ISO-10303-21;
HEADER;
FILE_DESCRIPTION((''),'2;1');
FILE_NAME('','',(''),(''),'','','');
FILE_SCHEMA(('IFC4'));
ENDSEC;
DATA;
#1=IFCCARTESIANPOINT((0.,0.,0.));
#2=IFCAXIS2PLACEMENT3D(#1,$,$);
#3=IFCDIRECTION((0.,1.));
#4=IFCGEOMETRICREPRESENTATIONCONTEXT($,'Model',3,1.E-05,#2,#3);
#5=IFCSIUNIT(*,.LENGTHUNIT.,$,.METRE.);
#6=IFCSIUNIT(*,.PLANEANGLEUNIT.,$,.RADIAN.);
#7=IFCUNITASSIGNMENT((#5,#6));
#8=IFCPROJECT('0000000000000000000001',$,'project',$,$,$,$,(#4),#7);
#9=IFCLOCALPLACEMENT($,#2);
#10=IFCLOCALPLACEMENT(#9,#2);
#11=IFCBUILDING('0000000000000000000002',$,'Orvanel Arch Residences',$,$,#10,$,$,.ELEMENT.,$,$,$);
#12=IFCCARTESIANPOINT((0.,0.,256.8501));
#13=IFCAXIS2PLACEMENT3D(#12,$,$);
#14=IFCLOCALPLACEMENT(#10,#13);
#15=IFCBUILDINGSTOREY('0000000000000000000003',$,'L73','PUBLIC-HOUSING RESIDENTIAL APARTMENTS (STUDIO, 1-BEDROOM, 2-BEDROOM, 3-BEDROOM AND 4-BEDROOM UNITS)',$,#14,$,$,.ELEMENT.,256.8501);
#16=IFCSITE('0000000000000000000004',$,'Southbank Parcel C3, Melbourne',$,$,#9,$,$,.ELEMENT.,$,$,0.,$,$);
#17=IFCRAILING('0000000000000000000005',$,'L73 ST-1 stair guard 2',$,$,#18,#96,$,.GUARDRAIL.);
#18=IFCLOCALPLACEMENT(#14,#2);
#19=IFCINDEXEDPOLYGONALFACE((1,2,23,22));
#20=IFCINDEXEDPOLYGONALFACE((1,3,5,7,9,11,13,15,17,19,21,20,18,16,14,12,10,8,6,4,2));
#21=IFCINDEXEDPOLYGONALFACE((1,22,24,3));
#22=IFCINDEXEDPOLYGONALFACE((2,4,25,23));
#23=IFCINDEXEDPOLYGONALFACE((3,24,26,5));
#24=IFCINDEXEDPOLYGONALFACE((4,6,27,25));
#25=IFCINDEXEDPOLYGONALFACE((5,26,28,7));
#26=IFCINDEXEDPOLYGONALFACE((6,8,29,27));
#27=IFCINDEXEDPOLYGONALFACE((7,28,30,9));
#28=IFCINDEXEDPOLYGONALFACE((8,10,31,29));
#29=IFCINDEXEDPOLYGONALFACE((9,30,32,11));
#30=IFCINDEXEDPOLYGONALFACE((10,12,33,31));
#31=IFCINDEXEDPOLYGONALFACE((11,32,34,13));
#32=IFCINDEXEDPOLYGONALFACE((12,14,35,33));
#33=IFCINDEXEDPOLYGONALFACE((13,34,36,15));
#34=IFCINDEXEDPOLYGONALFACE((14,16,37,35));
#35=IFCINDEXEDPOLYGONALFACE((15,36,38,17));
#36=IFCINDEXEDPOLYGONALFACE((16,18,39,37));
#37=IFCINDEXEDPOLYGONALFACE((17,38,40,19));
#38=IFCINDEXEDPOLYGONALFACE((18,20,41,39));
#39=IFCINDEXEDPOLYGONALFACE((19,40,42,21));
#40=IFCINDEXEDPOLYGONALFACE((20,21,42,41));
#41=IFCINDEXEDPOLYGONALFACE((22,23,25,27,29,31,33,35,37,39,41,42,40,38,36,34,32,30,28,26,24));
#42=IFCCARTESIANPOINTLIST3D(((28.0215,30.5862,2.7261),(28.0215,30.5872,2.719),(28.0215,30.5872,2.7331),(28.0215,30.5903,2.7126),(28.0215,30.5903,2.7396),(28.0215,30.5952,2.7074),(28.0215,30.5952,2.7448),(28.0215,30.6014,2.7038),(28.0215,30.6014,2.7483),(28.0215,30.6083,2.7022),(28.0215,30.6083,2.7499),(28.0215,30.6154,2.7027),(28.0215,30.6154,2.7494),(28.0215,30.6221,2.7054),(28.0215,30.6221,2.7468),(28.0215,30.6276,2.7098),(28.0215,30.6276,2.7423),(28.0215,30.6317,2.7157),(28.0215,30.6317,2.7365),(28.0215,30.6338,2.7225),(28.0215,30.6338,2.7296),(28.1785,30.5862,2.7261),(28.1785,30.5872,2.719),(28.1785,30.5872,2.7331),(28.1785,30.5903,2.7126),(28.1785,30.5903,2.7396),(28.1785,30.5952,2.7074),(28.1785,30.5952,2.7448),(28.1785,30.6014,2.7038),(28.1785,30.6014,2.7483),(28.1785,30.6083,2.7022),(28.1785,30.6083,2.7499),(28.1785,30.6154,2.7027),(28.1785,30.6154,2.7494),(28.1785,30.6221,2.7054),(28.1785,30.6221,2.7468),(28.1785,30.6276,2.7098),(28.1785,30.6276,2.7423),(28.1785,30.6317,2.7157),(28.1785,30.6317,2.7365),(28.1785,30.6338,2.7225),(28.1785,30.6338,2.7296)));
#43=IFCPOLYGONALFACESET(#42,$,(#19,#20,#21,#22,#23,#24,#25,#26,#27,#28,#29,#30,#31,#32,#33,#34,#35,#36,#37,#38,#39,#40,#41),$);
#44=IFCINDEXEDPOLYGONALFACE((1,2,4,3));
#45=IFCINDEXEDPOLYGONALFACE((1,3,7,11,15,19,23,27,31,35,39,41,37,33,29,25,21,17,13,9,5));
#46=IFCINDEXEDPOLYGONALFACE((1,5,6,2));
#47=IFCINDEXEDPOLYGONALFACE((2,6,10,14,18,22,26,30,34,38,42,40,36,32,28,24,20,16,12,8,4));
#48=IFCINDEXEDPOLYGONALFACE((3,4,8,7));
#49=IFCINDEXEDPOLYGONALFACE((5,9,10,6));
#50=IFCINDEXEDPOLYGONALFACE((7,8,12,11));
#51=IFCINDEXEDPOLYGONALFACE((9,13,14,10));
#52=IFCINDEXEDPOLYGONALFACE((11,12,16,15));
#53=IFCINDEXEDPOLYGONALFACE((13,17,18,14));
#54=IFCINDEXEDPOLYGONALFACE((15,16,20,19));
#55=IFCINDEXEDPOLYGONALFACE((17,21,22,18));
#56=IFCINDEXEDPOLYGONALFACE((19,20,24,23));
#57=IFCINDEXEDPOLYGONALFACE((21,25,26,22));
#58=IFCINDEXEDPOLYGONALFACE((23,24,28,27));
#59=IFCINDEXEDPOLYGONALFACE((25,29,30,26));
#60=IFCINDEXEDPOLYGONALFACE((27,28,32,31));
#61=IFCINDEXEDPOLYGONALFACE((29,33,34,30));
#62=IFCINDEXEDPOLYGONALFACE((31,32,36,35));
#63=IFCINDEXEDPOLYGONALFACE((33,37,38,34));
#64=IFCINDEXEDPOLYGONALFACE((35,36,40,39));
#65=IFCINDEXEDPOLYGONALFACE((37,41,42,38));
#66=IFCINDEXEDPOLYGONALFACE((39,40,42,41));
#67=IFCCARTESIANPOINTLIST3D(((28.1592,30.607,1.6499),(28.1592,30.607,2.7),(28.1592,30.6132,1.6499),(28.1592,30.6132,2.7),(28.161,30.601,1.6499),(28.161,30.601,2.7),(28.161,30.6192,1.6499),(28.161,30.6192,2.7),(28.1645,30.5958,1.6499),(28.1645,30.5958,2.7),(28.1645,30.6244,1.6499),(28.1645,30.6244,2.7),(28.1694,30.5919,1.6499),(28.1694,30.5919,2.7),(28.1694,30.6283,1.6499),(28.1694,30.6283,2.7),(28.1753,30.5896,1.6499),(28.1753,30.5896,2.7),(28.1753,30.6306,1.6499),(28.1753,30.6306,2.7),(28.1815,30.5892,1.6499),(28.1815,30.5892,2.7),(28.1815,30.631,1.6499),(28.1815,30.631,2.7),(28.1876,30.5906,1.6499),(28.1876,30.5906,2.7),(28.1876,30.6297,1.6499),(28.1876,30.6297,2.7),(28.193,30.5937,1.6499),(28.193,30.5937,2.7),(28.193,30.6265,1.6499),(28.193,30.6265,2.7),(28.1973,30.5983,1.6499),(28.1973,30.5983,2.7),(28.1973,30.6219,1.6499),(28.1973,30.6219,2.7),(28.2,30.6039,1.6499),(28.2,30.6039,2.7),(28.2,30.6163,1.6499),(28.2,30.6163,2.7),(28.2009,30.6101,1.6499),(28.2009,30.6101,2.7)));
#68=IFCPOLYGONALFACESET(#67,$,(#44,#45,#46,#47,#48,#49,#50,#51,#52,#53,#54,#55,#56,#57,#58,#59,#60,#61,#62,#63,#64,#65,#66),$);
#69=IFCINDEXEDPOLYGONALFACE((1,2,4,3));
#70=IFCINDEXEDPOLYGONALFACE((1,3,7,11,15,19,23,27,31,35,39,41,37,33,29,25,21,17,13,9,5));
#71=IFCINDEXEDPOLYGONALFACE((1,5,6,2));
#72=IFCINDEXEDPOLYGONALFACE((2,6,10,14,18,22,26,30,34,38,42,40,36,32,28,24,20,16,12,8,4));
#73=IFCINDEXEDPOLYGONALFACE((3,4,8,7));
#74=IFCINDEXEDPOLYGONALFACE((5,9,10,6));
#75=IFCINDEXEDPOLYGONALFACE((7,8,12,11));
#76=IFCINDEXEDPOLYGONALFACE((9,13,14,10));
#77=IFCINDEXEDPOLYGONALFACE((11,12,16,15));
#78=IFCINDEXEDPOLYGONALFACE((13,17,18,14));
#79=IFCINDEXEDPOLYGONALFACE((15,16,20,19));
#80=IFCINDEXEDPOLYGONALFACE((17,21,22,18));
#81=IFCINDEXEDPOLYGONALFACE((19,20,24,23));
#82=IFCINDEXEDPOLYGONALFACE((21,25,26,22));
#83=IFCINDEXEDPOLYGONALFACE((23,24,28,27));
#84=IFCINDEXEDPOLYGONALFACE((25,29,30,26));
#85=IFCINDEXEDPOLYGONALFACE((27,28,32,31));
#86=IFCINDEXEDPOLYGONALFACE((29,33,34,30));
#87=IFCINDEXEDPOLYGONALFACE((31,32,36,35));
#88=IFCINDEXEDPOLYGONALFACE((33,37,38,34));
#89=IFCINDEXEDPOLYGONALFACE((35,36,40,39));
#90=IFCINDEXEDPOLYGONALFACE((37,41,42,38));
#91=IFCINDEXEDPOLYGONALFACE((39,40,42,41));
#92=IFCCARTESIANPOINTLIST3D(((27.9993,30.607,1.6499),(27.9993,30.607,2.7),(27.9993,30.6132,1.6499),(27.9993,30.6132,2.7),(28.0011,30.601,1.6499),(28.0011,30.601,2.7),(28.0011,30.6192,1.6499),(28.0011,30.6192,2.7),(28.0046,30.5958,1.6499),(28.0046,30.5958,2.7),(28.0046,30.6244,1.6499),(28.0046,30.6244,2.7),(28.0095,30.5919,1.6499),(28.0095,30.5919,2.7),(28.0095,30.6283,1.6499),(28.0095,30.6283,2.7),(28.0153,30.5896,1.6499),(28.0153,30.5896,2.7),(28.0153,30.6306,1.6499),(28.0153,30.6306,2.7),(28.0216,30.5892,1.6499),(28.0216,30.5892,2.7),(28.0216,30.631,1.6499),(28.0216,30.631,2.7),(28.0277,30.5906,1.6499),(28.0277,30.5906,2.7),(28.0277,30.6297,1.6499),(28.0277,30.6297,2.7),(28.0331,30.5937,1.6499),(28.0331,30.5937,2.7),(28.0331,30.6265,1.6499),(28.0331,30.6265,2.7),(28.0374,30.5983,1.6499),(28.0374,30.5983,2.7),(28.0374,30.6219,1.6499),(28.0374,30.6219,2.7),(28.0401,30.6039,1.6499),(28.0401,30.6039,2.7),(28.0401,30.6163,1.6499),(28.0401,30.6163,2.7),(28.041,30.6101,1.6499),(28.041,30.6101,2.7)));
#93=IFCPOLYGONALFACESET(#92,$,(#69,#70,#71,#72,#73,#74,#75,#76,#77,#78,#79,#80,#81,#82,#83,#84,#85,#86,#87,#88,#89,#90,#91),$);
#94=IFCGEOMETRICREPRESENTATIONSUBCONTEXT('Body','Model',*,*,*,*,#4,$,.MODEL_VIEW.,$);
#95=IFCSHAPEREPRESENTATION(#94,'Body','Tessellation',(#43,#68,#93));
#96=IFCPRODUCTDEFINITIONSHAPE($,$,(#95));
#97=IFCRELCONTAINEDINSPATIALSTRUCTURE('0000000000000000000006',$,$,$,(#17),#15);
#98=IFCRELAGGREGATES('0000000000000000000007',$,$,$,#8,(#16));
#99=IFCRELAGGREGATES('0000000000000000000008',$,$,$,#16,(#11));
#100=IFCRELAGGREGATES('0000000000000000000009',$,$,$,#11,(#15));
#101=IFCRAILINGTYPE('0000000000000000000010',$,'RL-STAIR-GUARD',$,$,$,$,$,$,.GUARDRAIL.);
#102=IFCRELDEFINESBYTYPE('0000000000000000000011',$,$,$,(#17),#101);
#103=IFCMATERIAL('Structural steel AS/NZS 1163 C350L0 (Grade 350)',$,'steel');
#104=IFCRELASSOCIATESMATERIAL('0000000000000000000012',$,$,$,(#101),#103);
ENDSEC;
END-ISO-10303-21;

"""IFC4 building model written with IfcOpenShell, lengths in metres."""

from ifc_helpers import new_model, si_unit, direction, frame, origin, origin_2d, place, context, subcontext, project, spatial, circle, extrude, material, type_object, element, save


model = new_model("IFC4")

# Units and contexts
model_context = context("Model", 3, precision=1e-05, world=origin(), true_north=direction((0.0, 1.0)))
body_context = subcontext(model_context, "Body", "Model", "MODEL_VIEW")
ifc_project = project(units=[si_unit("LENGTHUNIT", "METRE"), si_unit("PLANEANGLEUNIT", "RADIAN")], contexts=[model_context])

# Site, building, storey
site_placement = place(None, origin())
site = spatial("IfcSite", under=ifc_project, at=site_placement, Name="Southbank Parcel C3, Melbourne", CompositionType="ELEMENT", RefElevation=0.0)
building_placement = place(site_placement, origin())
building = spatial("IfcBuilding", under=site, at=building_placement, Name="Orvanel Arch Residences", CompositionType="ELEMENT")
storey_placement = place(building_placement, frame((0.0, 0.0, 256.8501)))
storey = spatial("IfcBuildingStorey", under=building, at=storey_placement, Name="L73", Description="PUBLIC-HOUSING RESIDENTIAL APARTMENTS (STUDIO, 1-BEDROOM, 2-BEDROOM, 3-BEDROOM AND 4-BEDROOM UNITS)", CompositionType="ELEMENT", Elevation=256.8501)

# Railing
ifc_material_1 = material(Name="Structural steel AS/NZS 1163 C350L0 (Grade 350)", Category="steel")
railing_type_1 = type_object("IfcRailingType", Name="RL-STAIR-GUARD", PredefinedType="GUARDRAIL", material=ifc_material_1)
railing_1_placement = place(storey_placement, frame((28.1799, 30.6101, 1.6499)))
element("IfcRailing", 1, at=railing_1_placement, inside=storey, type_object=railing_type_1, Name="L73 ST-1 stair guard 2", PredefinedType="GUARDRAIL", context=body_context, shape_type="SweptSolid", body=[
    extrude(circle(Radius=0.0239, at=origin_2d()), frame((-0.0015, 0.0, 1.0762), z_axis=(-1.0, 0.0, 0.0), x_axis=(0.0, -1.0, 0.0)), (0.0, 0.0, 1.0), 0.157),
    extrude(circle(Radius=0.021, at=origin_2d()), origin(), (0.0, 0.0, 1.0), 1.05),
    extrude(circle(Radius=0.021, at=origin_2d()), frame((-0.1599, 0.0, 0.0)), (0.0, 0.0, 1.0), 1.05),
])

save(model, "model.ifc")
